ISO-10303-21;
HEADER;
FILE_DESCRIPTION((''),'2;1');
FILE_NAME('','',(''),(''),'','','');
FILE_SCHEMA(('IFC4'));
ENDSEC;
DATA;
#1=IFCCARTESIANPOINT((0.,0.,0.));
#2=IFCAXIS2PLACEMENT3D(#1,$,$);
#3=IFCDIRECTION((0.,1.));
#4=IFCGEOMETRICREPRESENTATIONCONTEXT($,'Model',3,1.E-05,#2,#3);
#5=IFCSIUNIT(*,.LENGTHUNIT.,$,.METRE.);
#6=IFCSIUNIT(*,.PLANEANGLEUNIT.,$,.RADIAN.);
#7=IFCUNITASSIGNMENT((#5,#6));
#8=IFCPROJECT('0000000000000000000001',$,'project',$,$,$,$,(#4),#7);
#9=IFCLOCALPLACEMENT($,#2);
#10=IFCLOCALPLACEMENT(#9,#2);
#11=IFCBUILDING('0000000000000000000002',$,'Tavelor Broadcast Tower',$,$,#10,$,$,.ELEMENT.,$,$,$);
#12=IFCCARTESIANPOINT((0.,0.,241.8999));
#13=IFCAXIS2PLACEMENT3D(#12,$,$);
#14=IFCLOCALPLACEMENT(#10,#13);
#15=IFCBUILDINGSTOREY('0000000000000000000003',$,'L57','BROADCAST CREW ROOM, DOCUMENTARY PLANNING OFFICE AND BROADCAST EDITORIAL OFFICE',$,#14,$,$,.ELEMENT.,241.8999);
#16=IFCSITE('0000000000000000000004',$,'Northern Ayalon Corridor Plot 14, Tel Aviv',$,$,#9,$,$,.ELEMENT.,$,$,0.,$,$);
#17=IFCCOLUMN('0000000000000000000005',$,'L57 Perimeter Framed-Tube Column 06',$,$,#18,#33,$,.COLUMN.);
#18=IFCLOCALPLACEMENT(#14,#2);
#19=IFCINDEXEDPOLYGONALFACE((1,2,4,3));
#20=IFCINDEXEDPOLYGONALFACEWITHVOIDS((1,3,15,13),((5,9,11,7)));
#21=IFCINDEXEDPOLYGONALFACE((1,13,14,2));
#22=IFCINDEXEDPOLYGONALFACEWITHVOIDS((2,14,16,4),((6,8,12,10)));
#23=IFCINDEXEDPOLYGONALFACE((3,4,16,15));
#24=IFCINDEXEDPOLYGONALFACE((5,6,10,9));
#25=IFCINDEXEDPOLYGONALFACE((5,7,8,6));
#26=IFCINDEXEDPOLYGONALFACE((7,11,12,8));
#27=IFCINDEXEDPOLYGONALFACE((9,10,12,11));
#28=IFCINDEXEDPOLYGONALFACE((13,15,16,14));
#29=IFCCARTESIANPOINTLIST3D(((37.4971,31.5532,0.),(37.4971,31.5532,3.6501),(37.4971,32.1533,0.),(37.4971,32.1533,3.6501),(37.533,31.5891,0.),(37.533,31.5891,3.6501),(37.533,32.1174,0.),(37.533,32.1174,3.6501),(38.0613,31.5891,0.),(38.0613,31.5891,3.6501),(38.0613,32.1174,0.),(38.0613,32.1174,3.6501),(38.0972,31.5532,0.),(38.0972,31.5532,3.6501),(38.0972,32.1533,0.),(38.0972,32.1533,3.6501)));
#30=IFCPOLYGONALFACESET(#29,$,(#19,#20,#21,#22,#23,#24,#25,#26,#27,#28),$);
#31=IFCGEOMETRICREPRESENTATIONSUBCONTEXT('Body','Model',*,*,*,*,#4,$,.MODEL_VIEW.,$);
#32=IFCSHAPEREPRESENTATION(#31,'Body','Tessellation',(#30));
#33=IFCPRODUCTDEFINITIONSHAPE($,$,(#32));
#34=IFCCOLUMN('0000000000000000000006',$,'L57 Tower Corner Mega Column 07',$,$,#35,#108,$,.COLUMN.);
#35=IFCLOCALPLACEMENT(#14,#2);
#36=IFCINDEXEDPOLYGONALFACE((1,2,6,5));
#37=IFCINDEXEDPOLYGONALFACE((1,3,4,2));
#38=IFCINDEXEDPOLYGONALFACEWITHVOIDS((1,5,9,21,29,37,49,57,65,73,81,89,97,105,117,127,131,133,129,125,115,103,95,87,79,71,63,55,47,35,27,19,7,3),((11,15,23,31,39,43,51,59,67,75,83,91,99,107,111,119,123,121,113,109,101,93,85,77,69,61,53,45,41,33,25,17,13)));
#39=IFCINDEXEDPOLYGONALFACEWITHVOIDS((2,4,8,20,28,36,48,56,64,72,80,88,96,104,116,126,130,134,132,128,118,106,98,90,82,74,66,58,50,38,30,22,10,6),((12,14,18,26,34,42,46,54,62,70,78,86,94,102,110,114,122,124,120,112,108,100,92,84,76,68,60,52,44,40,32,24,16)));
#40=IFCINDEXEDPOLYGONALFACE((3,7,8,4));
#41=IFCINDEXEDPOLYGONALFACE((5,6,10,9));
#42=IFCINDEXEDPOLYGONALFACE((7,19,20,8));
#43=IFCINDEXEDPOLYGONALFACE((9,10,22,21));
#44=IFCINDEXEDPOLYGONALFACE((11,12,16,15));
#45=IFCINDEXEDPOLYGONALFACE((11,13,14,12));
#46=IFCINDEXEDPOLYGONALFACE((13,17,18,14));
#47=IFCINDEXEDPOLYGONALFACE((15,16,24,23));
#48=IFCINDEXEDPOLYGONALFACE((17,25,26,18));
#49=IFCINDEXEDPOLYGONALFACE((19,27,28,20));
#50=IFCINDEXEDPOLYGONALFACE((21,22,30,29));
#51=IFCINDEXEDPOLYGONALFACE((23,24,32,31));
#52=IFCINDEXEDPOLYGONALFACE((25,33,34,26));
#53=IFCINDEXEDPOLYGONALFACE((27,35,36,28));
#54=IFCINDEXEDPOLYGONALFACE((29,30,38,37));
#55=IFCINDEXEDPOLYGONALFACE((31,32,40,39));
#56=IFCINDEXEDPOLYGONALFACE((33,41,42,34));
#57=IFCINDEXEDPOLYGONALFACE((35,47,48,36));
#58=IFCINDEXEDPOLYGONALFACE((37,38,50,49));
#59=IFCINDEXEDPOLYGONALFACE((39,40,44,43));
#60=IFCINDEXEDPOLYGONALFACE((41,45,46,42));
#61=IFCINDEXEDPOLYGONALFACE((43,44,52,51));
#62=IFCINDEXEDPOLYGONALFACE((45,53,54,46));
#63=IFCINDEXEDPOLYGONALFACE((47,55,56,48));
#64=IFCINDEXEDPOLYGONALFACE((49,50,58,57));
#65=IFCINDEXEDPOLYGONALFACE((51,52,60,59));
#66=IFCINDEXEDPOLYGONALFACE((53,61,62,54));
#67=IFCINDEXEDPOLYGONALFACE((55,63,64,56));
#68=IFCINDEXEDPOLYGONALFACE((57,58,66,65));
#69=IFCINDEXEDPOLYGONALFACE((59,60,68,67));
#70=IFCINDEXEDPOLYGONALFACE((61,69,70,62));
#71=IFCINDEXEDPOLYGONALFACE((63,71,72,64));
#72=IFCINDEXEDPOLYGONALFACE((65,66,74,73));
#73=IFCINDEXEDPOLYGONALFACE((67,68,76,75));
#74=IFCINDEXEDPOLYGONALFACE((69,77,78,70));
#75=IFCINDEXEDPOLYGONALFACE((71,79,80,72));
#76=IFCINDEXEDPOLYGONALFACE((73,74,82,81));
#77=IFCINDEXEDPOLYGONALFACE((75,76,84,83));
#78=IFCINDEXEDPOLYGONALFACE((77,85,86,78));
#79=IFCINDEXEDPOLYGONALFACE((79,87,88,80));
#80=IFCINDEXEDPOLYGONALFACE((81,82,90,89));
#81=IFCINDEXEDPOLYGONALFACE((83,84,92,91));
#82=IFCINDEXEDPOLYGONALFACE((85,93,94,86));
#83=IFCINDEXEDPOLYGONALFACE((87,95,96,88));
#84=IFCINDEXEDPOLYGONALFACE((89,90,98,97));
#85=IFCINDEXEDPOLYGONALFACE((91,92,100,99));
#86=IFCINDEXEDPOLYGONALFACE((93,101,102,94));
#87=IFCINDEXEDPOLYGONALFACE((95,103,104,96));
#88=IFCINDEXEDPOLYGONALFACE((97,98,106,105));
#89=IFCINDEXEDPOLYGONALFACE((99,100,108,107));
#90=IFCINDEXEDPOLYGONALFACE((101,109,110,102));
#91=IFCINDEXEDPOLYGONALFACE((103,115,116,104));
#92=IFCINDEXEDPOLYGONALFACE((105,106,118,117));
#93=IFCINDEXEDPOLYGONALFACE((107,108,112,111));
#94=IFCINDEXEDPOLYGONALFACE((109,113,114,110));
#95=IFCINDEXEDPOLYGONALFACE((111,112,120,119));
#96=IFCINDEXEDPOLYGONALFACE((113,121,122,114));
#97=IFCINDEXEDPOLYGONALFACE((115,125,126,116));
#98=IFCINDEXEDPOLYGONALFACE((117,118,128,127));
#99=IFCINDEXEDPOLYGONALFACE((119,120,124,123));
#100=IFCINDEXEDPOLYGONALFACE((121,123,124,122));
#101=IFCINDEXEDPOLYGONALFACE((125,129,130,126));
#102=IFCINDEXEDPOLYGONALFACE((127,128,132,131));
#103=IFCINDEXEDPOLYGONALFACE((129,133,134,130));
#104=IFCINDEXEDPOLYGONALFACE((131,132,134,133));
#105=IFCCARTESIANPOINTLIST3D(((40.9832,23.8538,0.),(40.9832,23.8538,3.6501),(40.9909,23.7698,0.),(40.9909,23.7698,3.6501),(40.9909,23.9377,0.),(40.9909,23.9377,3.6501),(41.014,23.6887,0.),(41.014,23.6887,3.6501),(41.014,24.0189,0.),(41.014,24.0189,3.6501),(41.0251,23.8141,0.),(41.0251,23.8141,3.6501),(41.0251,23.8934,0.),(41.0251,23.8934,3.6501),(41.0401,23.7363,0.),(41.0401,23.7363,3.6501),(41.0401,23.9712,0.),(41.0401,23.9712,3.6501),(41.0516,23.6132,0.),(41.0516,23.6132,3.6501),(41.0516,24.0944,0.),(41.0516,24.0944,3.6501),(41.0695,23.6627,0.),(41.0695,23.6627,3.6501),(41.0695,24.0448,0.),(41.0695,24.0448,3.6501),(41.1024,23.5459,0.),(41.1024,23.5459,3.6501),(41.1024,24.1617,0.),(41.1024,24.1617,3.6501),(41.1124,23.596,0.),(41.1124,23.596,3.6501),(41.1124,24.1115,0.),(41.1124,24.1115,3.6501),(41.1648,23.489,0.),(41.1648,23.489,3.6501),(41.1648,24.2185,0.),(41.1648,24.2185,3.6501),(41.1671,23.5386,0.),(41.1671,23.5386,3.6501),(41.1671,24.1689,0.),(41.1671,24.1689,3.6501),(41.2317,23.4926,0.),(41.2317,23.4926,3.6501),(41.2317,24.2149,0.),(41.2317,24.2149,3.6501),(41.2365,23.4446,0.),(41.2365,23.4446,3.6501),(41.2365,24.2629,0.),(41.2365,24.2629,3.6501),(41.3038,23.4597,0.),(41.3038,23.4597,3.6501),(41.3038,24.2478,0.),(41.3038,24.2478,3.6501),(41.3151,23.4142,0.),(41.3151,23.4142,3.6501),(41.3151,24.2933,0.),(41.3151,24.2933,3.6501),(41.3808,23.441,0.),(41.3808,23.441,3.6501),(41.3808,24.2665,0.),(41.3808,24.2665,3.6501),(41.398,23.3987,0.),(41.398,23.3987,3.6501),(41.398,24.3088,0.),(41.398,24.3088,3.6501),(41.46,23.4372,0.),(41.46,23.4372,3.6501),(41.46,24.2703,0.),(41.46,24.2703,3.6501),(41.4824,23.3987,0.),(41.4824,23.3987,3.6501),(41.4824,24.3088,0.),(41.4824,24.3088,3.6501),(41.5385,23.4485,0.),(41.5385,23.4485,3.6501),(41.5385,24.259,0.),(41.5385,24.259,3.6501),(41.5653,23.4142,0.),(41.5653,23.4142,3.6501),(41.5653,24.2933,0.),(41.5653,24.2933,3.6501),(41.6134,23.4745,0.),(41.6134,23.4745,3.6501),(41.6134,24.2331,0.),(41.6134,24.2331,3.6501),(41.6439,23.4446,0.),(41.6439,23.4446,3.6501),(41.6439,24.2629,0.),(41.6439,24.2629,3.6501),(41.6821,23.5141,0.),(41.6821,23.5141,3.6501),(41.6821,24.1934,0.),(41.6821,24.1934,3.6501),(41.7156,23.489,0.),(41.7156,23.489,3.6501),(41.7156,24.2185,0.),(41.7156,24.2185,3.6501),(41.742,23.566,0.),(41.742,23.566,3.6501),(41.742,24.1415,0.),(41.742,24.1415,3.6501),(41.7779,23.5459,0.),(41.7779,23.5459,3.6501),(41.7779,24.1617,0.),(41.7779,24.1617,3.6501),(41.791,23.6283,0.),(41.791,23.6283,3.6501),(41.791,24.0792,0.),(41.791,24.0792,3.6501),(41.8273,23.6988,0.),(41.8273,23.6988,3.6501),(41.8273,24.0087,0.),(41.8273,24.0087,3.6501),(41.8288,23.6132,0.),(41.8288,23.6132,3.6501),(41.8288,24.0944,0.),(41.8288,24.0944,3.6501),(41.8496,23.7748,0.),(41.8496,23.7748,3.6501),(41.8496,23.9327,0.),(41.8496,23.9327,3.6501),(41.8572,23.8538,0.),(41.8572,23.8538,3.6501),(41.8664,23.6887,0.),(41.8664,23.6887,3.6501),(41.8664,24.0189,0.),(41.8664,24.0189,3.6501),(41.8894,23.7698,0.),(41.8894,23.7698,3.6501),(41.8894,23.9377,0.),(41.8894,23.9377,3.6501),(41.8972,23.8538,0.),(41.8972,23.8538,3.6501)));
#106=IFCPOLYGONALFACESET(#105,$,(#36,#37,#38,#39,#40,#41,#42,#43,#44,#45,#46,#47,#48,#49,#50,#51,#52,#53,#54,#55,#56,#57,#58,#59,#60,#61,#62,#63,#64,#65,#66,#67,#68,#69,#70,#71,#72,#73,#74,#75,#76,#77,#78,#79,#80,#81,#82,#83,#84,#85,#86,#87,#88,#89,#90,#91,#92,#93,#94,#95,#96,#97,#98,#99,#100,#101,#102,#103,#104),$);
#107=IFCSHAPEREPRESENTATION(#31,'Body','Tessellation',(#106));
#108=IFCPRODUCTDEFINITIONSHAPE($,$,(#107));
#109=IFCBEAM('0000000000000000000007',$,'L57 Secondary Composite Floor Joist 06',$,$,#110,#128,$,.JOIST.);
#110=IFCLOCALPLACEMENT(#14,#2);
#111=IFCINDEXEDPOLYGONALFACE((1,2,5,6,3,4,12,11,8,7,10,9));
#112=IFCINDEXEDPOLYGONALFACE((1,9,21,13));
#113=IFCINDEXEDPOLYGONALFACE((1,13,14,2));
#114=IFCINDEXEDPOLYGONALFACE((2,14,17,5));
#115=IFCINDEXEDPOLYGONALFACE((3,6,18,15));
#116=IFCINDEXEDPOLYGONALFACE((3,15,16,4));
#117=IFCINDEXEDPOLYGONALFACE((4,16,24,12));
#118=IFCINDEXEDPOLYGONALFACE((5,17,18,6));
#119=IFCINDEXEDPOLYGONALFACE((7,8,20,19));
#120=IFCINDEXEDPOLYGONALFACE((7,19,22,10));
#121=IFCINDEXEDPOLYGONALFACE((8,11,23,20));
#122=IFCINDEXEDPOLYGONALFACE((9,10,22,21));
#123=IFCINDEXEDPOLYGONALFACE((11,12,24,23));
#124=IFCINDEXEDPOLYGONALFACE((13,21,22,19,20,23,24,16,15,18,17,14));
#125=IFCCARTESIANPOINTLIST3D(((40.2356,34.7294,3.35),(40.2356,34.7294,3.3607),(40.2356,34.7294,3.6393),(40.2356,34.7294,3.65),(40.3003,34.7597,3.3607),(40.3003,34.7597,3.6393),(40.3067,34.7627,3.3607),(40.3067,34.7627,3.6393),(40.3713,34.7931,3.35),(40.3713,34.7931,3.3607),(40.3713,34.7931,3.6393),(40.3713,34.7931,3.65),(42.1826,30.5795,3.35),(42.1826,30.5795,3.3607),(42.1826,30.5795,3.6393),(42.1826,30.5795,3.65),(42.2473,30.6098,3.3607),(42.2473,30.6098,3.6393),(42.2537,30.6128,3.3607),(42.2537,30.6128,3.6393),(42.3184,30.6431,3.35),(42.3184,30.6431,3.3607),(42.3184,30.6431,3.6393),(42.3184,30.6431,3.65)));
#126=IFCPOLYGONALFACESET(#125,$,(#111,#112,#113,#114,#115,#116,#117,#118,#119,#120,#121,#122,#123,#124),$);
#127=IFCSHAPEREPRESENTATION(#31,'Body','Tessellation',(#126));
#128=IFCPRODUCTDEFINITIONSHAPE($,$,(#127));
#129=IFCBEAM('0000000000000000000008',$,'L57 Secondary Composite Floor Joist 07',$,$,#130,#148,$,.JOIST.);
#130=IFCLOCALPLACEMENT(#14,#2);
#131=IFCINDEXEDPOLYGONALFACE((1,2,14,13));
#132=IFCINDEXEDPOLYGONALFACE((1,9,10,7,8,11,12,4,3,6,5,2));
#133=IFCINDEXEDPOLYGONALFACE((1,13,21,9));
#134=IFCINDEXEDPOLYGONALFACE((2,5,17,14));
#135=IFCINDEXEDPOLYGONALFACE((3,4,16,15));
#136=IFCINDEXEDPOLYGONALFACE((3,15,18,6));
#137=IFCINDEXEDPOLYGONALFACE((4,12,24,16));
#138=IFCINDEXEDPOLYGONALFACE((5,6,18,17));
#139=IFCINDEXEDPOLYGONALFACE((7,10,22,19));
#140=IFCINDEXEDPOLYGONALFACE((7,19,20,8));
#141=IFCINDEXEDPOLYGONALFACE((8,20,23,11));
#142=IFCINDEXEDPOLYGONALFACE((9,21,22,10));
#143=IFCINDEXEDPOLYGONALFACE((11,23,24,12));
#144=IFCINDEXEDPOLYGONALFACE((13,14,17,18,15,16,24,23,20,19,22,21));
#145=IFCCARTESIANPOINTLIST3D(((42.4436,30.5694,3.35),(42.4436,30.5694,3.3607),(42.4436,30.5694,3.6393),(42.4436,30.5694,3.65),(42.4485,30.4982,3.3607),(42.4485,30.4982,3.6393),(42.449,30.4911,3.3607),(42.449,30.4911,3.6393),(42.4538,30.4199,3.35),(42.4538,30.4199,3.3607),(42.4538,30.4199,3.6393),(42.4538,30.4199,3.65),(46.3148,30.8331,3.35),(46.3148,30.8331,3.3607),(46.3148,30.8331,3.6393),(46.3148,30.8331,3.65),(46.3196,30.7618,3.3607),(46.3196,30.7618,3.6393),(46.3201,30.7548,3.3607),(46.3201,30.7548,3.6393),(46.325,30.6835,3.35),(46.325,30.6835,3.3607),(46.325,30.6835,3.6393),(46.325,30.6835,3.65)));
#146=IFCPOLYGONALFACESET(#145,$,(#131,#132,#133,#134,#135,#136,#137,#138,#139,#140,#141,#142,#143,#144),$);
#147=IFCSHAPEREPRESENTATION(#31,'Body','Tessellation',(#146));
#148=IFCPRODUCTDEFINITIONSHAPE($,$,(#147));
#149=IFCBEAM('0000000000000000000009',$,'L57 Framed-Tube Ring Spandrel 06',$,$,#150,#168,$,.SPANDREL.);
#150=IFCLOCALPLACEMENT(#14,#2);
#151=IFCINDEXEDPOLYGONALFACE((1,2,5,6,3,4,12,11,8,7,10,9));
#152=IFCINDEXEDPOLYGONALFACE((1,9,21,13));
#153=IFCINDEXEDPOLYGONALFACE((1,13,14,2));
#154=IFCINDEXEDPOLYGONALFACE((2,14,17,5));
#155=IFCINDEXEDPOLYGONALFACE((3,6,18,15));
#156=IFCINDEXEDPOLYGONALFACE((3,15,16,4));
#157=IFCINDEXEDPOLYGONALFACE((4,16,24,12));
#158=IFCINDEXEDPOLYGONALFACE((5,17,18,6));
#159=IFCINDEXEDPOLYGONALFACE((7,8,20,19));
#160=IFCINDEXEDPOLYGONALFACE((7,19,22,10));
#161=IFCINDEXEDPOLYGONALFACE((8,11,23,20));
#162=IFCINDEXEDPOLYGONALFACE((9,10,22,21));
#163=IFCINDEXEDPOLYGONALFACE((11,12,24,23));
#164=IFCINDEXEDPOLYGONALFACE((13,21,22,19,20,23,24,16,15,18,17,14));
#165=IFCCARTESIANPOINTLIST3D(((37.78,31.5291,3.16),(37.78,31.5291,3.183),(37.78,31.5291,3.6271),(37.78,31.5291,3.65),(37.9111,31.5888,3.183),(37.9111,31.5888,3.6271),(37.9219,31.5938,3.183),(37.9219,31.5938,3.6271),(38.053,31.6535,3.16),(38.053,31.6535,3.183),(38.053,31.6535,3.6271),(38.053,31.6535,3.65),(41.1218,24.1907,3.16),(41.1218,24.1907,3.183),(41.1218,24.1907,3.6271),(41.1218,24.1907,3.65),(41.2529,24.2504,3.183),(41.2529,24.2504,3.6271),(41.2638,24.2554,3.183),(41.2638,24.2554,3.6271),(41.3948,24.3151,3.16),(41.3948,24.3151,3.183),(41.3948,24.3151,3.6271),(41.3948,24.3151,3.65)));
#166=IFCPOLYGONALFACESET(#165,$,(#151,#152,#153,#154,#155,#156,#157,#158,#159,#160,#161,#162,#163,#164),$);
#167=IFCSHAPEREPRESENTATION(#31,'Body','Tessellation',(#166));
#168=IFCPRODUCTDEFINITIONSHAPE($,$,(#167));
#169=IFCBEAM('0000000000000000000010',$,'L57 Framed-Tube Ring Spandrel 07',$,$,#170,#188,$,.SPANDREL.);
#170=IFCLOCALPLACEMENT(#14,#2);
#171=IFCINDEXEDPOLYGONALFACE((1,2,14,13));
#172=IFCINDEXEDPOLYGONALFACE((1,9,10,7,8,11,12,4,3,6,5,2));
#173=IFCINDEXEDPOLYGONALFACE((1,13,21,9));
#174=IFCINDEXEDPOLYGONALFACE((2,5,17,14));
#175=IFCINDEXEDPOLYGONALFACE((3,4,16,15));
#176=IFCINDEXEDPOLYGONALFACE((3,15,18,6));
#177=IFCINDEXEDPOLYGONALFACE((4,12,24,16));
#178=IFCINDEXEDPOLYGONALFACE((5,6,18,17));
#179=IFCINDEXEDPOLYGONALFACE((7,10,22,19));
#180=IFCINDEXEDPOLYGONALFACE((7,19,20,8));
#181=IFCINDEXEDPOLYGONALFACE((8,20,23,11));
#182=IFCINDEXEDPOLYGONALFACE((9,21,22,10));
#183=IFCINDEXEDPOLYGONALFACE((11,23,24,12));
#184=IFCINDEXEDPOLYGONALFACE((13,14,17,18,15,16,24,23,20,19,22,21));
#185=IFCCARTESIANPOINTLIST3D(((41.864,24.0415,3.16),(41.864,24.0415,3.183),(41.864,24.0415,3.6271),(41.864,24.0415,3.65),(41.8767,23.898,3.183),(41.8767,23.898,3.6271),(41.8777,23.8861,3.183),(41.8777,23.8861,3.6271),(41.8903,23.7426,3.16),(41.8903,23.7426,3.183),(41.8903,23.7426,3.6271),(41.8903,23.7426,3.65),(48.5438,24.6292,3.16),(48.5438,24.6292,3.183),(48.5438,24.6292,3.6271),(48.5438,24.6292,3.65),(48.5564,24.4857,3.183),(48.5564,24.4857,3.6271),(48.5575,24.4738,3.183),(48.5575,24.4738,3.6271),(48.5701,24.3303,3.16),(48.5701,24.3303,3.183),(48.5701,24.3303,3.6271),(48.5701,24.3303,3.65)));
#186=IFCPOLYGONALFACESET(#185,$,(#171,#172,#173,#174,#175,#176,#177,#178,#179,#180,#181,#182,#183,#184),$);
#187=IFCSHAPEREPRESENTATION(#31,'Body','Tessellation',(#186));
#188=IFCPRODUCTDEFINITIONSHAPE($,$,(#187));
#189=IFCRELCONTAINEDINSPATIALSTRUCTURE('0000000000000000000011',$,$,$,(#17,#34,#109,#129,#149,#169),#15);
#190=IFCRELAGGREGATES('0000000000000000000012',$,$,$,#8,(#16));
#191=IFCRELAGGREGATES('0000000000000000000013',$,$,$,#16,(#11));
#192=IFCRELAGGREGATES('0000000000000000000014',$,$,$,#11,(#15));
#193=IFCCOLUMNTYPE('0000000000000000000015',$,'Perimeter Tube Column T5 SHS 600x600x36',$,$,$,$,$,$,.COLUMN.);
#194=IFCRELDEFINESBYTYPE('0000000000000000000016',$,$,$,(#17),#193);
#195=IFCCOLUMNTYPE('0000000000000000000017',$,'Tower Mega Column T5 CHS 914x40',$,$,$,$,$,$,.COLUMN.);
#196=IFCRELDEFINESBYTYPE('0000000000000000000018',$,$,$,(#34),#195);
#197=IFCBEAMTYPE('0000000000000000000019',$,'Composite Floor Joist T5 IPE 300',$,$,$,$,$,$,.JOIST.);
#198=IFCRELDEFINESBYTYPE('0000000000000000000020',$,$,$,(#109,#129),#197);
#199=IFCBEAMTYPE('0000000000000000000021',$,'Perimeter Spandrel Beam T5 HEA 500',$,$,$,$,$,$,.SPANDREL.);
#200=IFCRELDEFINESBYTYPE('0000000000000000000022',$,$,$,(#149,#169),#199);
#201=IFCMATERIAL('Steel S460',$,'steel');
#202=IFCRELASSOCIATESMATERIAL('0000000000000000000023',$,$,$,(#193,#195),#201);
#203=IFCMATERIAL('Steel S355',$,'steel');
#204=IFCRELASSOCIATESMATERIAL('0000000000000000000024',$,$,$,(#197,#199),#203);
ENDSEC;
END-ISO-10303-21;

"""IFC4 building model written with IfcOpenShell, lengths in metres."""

from ifc_helpers import new_model, si_unit, direction, frame, origin, origin_2d, place, context, subcontext, project, spatial, hollow_rectangle, hollow_circle, i_section, extrude, material, material_profile, profile_set, type_object, element, save


model = new_model("IFC4")

# Units and contexts
model_context = context("Model", 3, precision=1e-05, world=origin(), true_north=direction((0.0, 1.0)))
body_context = subcontext(model_context, "Body", "Model", "MODEL_VIEW")
ifc_project = project(units=[si_unit("LENGTHUNIT", "METRE"), si_unit("PLANEANGLEUNIT", "RADIAN")], contexts=[model_context])

# Site, building, storey
site_placement = place(None, origin())
site = spatial("IfcSite", under=ifc_project, at=site_placement, Name="Northern Ayalon Corridor Plot 14, Tel Aviv", CompositionType="ELEMENT", RefElevation=0.0)
building_placement = place(site_placement, origin())
building = spatial("IfcBuilding", under=site, at=building_placement, Name="Tavelor Broadcast Tower", CompositionType="ELEMENT")
storey_placement = place(building_placement, frame((0.0, 0.0, 241.8999)))
storey = spatial("IfcBuildingStorey", under=building, at=storey_placement, Name="L57", Description="BROADCAST CREW ROOM, DOCUMENTARY PLANNING OFFICE AND BROADCAST EDITORIAL OFFICE", CompositionType="ELEMENT", Elevation=241.8999)

# Columns
ifc_material_1 = material(Name="Steel S460", Category="steel")
ifc_material_profile_1 = material_profile(ifc_material_1, hollow_rectangle(XDim=0.6001, YDim=0.6001, WallThickness=0.0359, at=origin_2d()), Name="SHS 600x600x36")
ifc_profile_set_1 = profile_set([ifc_material_profile_1], Name="Steel S460")
column_type_1 = type_object("IfcColumnType", Name="Perimeter Tube Column T5 SHS 600x600x36", PredefinedType="COLUMN", material=ifc_profile_set_1)
column_1_placement = place(storey_placement, frame((37.7971, 31.8533, 0.0), z_axis=(0.0, 0.0, 1.0), x_axis=(1.0, 0.0, 0.0)))
element("IfcColumn", 1, at=column_1_placement, inside=storey, type_object=column_type_1, Name="L57 Perimeter Framed-Tube Column 06", PredefinedType="COLUMN", context=body_context, shape_type="SweptSolid", body=[
    extrude(hollow_rectangle(XDim=0.6001, YDim=0.6001, WallThickness=0.0359, at=origin_2d()), origin(), (0.0, 0.0, 1.0), 3.6501),
])
ifc_material_profile_2 = material_profile(ifc_material_1, hollow_circle(Radius=0.457, WallThickness=0.04, at=origin_2d()), Name="CHS 914x40")
ifc_profile_set_2 = profile_set([ifc_material_profile_2], Name="Steel S460")
column_type_2 = type_object("IfcColumnType", Name="Tower Mega Column T5 CHS 914x40", PredefinedType="COLUMN", material=ifc_profile_set_2)
column_2_placement = place(storey_placement, frame((41.4402, 23.8538, 0.0), z_axis=(0.0, 0.0, 1.0), x_axis=(1.0, 0.0, 0.0)))
element("IfcColumn", 2, at=column_2_placement, inside=storey, type_object=column_type_2, Name="L57 Tower Corner Mega Column 07", PredefinedType="COLUMN", context=body_context, shape_type="SweptSolid", body=[
    extrude(hollow_circle(Radius=0.457, WallThickness=0.04, at=origin_2d()), origin(), (0.0, 0.0, 1.0), 3.6501),
])

# Beams
ifc_material_2 = material(Name="Steel S355", Category="steel")
ifc_material_profile_3 = material_profile(ifc_material_2, i_section(OverallWidth=0.1499, OverallDepth=0.3, WebThickness=0.0071, FlangeThickness=0.0107, at=origin_2d()), Name="IPE 300")
ifc_profile_set_3 = profile_set([ifc_material_profile_3], Name="Steel S355")
beam_type_1 = type_object("IfcBeamType", Name="Composite Floor Joist T5 IPE 300", PredefinedType="JOIST", material=ifc_profile_set_3)
beam_1_placement = place(storey_placement, frame((40.3035, 34.7612, 3.5), z_axis=(0.424748, -0.905312, 0.0), x_axis=(0.905312, 0.424748, 0.0)))
element("IfcBeam", 3, at=beam_1_placement, inside=storey, type_object=beam_type_1, Name="L57 Secondary Composite Floor Joist 06", PredefinedType="JOIST", context=body_context, shape_type="SweptSolid", body=[
    extrude(i_section(OverallWidth=0.1499, OverallDepth=0.3, WebThickness=0.0071, FlangeThickness=0.0107, at=origin_2d()), origin(), (0.0, 0.0, 1.0), 4.584),
])
beam_2_placement = place(storey_placement, frame((42.4487, 30.4946, 3.5), z_axis=(0.997688, 0.067956, 0.0), x_axis=(-0.067956, 0.997688, 0.0)))
element("IfcBeam", 4, at=beam_2_placement, inside=storey, type_object=beam_type_1, Name="L57 Secondary Composite Floor Joist 07", PredefinedType="JOIST", context=body_context, shape_type="SweptSolid", body=[
    extrude(i_section(OverallWidth=0.1499, OverallDepth=0.3, WebThickness=0.0071, FlangeThickness=0.0107, at=origin_2d()), origin(), (0.0, 0.0, 1.0), 3.8801),
])
ifc_material_profile_4 = material_profile(ifc_material_2, i_section(OverallWidth=0.3, OverallDepth=0.49, WebThickness=0.012, FlangeThickness=0.0229, at=origin_2d()), Name="HEA 500")
ifc_profile_set_4 = profile_set([ifc_material_profile_4], Name="Steel S355")
beam_type_2 = type_object("IfcBeamType", Name="Perimeter Spandrel Beam T5 HEA 500", PredefinedType="SPANDREL", material=ifc_profile_set_4)
beam_3_placement = place(storey_placement, frame((37.9165, 31.5913, 3.405), z_axis=(0.414437, -0.910078, 0.0), x_axis=(0.910078, 0.414437, 0.0)))
element("IfcBeam", 5, at=beam_3_placement, inside=storey, type_object=beam_type_2, Name="L57 Framed-Tube Ring Spandrel 06", PredefinedType="SPANDREL", context=body_context, shape_type="SweptSolid", body=[
    extrude(i_section(OverallWidth=0.3, OverallDepth=0.49, WebThickness=0.012, FlangeThickness=0.0229, at=origin_2d()), origin(), (0.0, 0.0, 1.0), 8.0635),
])
beam_4_placement = place(storey_placement, frame((41.8772, 23.8921, 3.405), z_axis=(0.996153, 0.087637, 0.0), x_axis=(-0.087637, 0.996153, 0.0)))
element("IfcBeam", 6, at=beam_4_placement, inside=storey, type_object=beam_type_2, Name="L57 Framed-Tube Ring Spandrel 07", PredefinedType="SPANDREL", context=body_context, shape_type="SweptSolid", body=[
    extrude(i_section(OverallWidth=0.3, OverallDepth=0.49, WebThickness=0.012, FlangeThickness=0.0229, at=origin_2d()), origin(), (0.0, 0.0, 1.0), 6.7056),
])

save(model, "model.ifc")
